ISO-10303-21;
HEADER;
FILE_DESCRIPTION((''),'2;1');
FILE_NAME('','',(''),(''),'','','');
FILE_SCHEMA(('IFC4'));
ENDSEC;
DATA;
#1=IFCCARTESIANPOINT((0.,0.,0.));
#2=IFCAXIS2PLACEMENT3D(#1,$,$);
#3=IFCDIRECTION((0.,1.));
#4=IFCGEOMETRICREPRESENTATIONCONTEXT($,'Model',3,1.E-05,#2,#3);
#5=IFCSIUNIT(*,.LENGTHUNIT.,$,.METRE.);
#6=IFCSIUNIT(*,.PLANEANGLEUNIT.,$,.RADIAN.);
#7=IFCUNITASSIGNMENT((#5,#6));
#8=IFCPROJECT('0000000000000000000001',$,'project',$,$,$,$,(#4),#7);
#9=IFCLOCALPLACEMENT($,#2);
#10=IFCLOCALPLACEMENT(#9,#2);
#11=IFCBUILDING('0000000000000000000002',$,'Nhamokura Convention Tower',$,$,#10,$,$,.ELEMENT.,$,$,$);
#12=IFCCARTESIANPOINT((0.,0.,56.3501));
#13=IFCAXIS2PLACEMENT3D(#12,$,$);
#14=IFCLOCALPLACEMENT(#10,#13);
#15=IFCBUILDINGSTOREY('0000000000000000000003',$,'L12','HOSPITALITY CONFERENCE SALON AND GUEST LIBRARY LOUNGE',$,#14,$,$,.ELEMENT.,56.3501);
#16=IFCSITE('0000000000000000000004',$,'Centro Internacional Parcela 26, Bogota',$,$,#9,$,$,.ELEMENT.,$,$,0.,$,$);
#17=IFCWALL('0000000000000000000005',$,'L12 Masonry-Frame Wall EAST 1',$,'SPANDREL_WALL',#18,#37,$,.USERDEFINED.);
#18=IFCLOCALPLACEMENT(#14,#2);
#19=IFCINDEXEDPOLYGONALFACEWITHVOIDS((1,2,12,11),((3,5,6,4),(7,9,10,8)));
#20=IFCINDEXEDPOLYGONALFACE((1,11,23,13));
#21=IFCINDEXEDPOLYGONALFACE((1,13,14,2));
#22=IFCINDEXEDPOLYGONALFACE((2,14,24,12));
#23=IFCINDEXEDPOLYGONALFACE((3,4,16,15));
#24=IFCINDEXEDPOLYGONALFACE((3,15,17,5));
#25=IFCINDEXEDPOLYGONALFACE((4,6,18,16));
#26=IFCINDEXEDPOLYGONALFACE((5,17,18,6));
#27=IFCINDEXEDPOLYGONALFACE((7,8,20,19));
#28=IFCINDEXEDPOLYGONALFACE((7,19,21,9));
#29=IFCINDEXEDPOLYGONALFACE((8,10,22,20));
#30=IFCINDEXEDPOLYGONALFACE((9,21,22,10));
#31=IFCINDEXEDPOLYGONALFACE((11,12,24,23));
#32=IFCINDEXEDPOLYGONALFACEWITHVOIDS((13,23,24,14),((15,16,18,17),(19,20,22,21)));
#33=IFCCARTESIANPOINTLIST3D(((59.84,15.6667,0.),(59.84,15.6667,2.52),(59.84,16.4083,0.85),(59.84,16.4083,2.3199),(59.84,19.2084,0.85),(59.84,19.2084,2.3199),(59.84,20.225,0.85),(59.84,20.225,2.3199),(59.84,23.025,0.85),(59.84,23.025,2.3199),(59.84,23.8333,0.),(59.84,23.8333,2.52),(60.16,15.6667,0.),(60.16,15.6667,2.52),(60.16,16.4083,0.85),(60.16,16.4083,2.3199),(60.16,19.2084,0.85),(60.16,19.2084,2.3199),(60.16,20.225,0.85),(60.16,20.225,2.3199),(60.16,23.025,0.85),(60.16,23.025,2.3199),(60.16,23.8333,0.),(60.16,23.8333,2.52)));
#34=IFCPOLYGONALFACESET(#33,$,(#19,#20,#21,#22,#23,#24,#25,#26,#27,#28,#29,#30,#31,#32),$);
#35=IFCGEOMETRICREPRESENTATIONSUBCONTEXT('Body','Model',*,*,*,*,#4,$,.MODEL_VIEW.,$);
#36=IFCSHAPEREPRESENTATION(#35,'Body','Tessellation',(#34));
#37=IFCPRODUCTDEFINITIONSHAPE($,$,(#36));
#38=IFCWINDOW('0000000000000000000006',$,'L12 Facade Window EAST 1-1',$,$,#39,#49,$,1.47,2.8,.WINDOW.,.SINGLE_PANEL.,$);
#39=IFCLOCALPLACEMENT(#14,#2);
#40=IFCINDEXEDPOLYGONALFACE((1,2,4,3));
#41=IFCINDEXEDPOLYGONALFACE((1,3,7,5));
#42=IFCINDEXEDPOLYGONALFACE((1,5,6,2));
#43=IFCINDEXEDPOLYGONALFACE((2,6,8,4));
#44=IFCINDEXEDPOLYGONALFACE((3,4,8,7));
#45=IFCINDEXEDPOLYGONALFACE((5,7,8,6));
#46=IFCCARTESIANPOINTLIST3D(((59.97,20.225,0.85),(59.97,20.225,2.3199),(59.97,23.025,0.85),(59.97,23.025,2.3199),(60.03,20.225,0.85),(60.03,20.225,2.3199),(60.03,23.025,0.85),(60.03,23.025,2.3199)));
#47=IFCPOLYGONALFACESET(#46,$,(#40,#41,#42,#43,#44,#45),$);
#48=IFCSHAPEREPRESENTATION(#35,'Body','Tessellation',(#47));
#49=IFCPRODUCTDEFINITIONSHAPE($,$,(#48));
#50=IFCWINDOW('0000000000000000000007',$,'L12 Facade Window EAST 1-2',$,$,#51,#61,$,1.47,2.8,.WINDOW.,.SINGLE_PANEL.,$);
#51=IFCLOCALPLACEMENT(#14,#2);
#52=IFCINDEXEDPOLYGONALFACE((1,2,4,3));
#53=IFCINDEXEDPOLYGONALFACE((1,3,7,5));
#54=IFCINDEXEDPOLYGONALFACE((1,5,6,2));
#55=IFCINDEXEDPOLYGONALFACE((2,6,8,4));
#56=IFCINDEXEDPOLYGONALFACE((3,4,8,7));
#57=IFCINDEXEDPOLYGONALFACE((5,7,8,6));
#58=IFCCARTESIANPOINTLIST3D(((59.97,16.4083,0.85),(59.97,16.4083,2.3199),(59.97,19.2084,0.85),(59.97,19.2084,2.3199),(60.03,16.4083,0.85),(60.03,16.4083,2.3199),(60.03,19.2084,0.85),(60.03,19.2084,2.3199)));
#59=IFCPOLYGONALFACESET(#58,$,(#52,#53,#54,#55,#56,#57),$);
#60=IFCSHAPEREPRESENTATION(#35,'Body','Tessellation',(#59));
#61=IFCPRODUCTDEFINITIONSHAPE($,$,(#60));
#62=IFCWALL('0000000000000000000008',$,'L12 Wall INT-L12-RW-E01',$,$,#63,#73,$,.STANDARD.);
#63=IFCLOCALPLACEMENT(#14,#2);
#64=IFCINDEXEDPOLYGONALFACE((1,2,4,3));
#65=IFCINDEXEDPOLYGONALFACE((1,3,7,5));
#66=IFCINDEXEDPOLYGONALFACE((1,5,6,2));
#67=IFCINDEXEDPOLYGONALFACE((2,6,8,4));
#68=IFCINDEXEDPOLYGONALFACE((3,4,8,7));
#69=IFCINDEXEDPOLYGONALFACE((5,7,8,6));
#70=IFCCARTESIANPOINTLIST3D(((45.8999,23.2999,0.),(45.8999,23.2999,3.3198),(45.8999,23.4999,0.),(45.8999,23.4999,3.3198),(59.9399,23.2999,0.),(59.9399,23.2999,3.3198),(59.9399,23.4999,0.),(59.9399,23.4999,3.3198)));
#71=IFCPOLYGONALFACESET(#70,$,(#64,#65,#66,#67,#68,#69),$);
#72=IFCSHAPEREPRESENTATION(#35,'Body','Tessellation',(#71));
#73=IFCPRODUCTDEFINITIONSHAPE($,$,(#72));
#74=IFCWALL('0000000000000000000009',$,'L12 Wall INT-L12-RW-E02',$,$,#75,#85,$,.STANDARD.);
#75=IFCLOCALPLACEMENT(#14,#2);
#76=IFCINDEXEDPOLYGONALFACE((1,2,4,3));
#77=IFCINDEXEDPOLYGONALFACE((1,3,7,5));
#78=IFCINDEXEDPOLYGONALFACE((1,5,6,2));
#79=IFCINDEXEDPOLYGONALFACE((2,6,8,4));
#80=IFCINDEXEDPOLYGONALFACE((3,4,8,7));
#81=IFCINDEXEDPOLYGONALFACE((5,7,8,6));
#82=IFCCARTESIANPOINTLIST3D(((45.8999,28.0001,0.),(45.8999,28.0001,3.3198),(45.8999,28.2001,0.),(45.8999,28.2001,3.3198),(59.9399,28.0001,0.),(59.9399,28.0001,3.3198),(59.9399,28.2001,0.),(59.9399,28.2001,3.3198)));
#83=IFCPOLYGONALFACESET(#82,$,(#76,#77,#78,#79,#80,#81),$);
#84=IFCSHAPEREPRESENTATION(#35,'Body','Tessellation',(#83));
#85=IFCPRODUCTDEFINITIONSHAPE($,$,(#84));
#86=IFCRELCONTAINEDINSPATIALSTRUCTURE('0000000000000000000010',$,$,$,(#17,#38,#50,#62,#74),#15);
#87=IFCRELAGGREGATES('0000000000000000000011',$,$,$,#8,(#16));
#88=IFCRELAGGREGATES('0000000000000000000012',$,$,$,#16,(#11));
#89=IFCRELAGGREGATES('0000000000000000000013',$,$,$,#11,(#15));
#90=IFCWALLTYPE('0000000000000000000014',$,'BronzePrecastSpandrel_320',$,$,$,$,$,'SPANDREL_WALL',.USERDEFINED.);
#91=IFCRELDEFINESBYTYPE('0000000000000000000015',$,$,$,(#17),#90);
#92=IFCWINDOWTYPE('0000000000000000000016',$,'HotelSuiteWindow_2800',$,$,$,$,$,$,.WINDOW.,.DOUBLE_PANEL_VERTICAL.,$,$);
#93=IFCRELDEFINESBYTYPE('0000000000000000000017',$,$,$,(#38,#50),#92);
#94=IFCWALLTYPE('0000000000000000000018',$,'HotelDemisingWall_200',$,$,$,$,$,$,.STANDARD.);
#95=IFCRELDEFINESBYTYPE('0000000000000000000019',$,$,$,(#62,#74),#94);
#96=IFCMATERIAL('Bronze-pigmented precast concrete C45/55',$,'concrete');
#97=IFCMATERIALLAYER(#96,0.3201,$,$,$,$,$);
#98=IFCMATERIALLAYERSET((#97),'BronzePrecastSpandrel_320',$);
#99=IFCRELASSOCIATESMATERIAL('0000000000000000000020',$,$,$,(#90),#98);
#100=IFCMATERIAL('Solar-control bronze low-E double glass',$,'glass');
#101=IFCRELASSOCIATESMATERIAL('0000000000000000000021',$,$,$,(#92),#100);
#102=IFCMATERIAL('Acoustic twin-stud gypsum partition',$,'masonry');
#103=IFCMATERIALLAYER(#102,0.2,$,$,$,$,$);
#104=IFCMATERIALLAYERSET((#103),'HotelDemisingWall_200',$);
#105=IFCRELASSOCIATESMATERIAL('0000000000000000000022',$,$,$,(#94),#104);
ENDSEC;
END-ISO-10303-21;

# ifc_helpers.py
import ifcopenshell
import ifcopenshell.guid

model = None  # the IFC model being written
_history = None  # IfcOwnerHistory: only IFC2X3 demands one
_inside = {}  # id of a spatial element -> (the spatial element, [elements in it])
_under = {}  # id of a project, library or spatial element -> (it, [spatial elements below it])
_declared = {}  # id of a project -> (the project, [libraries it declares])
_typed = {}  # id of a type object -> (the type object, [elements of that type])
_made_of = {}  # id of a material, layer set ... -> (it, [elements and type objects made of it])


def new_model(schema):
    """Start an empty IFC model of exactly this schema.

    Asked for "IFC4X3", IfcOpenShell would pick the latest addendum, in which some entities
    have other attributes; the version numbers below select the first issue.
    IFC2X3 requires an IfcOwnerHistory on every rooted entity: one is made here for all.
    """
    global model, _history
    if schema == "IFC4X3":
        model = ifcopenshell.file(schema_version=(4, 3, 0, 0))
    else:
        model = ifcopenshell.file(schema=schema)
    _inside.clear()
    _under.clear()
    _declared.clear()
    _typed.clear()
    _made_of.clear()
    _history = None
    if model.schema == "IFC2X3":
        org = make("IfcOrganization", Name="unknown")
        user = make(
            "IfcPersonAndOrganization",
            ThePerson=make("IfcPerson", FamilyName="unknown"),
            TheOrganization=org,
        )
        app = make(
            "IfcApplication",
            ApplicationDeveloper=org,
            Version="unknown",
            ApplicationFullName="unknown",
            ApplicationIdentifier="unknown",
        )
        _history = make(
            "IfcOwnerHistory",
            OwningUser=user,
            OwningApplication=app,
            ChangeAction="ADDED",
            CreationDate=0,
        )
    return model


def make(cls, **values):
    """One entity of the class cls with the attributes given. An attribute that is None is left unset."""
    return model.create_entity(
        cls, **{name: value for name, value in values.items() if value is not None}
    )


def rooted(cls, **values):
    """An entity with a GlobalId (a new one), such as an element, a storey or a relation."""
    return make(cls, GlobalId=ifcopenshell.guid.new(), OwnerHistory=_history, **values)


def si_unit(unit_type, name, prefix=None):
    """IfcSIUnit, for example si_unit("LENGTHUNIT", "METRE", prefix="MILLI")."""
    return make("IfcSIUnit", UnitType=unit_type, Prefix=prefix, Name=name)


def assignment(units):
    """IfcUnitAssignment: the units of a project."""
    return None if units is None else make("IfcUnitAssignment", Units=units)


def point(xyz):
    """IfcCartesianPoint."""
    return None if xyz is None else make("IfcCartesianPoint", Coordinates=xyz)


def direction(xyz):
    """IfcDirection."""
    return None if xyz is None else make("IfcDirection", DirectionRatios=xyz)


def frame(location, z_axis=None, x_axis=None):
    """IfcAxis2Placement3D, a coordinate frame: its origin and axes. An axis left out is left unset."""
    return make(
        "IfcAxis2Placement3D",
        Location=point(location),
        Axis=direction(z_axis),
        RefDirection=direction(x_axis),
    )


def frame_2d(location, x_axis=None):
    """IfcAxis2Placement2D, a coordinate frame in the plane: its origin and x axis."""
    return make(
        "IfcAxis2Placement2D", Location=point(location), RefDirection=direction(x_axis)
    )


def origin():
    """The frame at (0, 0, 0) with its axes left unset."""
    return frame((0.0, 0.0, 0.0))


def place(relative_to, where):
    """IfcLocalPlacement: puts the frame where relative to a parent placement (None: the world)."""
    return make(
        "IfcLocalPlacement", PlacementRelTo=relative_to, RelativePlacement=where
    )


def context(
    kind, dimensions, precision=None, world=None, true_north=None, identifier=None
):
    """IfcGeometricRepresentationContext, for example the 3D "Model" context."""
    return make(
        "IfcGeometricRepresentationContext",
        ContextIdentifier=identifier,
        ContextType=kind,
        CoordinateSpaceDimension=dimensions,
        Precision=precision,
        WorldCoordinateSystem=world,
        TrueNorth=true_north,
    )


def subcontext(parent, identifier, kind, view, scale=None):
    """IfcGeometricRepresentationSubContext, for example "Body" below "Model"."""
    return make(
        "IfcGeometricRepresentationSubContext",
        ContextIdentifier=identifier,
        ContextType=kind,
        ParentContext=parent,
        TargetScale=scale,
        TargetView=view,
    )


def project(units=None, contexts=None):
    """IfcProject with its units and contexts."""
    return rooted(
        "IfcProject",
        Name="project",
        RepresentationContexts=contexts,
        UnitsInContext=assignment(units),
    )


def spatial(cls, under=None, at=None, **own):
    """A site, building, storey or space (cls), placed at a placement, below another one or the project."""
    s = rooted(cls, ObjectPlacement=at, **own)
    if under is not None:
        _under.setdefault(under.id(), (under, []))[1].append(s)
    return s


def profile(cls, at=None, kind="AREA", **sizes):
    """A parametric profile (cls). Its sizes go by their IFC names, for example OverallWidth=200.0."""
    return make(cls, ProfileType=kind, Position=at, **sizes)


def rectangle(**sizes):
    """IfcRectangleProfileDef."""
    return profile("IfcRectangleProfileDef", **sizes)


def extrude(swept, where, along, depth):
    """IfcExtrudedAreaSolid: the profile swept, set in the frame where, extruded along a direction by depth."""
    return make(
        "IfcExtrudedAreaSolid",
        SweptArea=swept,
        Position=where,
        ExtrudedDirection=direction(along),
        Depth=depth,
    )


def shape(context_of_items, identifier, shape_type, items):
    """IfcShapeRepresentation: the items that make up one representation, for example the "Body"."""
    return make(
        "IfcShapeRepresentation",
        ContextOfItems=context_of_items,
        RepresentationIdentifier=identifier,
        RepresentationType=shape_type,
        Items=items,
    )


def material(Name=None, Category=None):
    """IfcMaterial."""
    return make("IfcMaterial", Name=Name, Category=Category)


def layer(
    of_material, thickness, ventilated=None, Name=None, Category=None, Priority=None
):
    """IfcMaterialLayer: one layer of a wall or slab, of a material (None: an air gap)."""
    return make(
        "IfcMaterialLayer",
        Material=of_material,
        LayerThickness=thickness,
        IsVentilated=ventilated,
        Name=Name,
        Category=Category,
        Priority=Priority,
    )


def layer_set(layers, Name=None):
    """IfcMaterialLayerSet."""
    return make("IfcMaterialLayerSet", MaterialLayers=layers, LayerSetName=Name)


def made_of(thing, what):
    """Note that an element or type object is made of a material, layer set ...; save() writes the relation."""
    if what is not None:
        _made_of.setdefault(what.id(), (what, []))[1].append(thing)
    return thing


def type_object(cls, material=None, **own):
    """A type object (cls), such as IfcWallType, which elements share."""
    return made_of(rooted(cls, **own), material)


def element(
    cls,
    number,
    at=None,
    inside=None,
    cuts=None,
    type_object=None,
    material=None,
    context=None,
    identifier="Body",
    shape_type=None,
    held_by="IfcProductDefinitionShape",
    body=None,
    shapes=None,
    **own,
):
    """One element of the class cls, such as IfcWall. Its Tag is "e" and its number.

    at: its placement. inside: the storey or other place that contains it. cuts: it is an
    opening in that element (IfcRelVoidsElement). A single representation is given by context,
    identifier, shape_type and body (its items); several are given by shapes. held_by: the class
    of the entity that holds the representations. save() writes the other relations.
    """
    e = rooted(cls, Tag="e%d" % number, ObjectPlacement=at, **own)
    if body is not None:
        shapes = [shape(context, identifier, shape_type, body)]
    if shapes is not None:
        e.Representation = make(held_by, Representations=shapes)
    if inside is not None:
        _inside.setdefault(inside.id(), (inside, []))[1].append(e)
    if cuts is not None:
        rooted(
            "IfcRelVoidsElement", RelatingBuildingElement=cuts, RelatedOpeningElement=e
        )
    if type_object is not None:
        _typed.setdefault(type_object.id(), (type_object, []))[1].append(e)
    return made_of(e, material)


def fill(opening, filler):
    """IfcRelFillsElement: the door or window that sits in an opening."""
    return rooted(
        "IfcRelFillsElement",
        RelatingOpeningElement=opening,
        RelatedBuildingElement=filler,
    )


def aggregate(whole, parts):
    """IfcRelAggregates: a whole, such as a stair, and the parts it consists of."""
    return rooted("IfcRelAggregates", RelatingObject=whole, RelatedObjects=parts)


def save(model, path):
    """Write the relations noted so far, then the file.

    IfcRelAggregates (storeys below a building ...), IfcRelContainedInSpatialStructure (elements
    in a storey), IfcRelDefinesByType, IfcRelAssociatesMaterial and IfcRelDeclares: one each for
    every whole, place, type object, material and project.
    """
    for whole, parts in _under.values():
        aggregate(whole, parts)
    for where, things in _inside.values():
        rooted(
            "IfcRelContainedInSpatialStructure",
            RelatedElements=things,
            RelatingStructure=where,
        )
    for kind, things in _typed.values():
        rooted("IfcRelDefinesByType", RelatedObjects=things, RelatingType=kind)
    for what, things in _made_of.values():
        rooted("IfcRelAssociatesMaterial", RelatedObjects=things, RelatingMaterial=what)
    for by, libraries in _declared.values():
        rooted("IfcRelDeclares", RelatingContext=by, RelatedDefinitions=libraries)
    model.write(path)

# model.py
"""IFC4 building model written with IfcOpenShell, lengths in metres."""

from ifc_helpers import new_model, si_unit, direction, frame, frame_2d, origin, place, context, subcontext, project, spatial, rectangle, extrude, material, layer, layer_set, type_object, element, fill, save


model = new_model("IFC4")

# Units and contexts
model_context = context("Model", 3, precision=1e-05, world=origin(), true_north=direction((0.0, 1.0)))
body_context = subcontext(model_context, "Body", "Model", "MODEL_VIEW")
ifc_project = project(units=[si_unit("LENGTHUNIT", "METRE"), si_unit("PLANEANGLEUNIT", "RADIAN")], contexts=[model_context])

# Site, building, storey
site_placement = place(None, origin())
site = spatial("IfcSite", under=ifc_project, at=site_placement, Name="Centro Internacional Parcela 26, Bogota", CompositionType="ELEMENT", RefElevation=0.0)
building_placement = place(site_placement, origin())
building = spatial("IfcBuilding", under=site, at=building_placement, Name="Nhamokura Convention Tower", CompositionType="ELEMENT")
storey_placement = place(building_placement, frame((0.0, 0.0, 56.3501)))
storey = spatial("IfcBuildingStorey", under=building, at=storey_placement, Name="L12", Description="HOSPITALITY CONFERENCE SALON AND GUEST LIBRARY LOUNGE", CompositionType="ELEMENT", Elevation=56.3501)

# Shared definitions
ifc_material_1 = material(Name="Bronze-pigmented precast concrete C45/55", Category="concrete")
ifc_layer_1 = layer(ifc_material_1, 0.3201)
ifc_layer_set_1 = layer_set([ifc_layer_1], Name="BronzePrecastSpandrel_320")
wall_type_1 = type_object("IfcWallType", Name="BronzePrecastSpandrel_320", ElementType="SPANDREL_WALL", PredefinedType="USERDEFINED", material=ifc_layer_set_1)

# Wall, openings, windows
wall_1_placement = place(storey_placement, frame((60.0, 23.8333, 0.0), z_axis=(0.0, 0.0, 1.0), x_axis=(0.0, -1.0, 0.0)))
wall_1 = element("IfcWall", 1, at=wall_1_placement, inside=storey, type_object=wall_type_1, Name="L12 Masonry-Frame Wall EAST 1", ObjectType="SPANDREL_WALL", PredefinedType="USERDEFINED", context=body_context, shape_type="SweptSolid", body=[
    extrude(rectangle(XDim=8.1665, YDim=0.3201, at=frame_2d((4.0833, 0.0))), origin(), (0.0, 0.0, 1.0), 2.52),
])
opening_1_placement = place(wall_1_placement, frame((0.8083, 0.0, 0.8501)))
opening_1 = element("IfcOpeningElement", 2, at=opening_1_placement, cuts=wall_1, PredefinedType="OPENING", context=body_context, shape_type="SweptSolid", body=[
    extrude(rectangle(XDim=2.8, YDim=1.47, at=frame_2d((1.3999, 0.7349))), frame((0.0, 0.1699, 0.0), z_axis=(0.0, -1.0, 0.0), x_axis=(1.0, 0.0, 0.0)), (0.0, 0.0, 1.0), 0.3401),
])
opening_2_placement = place(wall_1_placement, frame((4.625, 0.0, 0.8501)))
opening_2 = element("IfcOpeningElement", 3, at=opening_2_placement, cuts=wall_1, PredefinedType="OPENING", context=body_context, shape_type="SweptSolid", body=[
    extrude(rectangle(XDim=2.8, YDim=1.47, at=frame_2d((1.3999, 0.7349))), frame((0.0, 0.1699, 0.0), z_axis=(0.0, -1.0, 0.0), x_axis=(1.0, 0.0, 0.0)), (0.0, 0.0, 1.0), 0.3401),
])
ifc_material_2 = material(Name="Solar-control bronze low-E double glass", Category="glass")
window_type = type_object("IfcWindowType", Name="HotelSuiteWindow_2800", PartitioningType="DOUBLE_PANEL_VERTICAL", PredefinedType="WINDOW", material=ifc_material_2)
window_1_placement = place(opening_1_placement, origin())
window_1 = element("IfcWindow", 4, at=window_1_placement, inside=storey, type_object=window_type, Name="L12 Facade Window EAST 1-1", OverallHeight=1.47, OverallWidth=2.8, PartitioningType="SINGLE_PANEL", PredefinedType="WINDOW", context=body_context, shape_type="SweptSolid", body=[
    extrude(rectangle(XDim=2.8, YDim=1.47, at=frame_2d((1.3999, 0.7349))), frame((0.0, 0.03, 0.0), z_axis=(0.0, -1.0, 0.0), x_axis=(1.0, 0.0, 0.0)), (0.0, 0.0, 1.0), 0.0601),
])
fill(opening_1, window_1)
window_2_placement = place(opening_2_placement, origin())
window_2 = element("IfcWindow", 5, at=window_2_placement, inside=storey, type_object=window_type, Name="L12 Facade Window EAST 1-2", OverallHeight=1.47, OverallWidth=2.8, PartitioningType="SINGLE_PANEL", PredefinedType="WINDOW", context=body_context, shape_type="SweptSolid", body=[
    extrude(rectangle(XDim=2.8, YDim=1.47, at=frame_2d((1.3999, 0.7349))), frame((0.0, 0.03, 0.0), z_axis=(0.0, -1.0, 0.0), x_axis=(1.0, 0.0, 0.0)), (0.0, 0.0, 1.0), 0.0601),
])
fill(opening_2, window_2)

# Walls
ifc_material_3 = material(Name="Acoustic twin-stud gypsum partition", Category="masonry")
ifc_layer_2 = layer(ifc_material_3, 0.2)
ifc_layer_set_2 = layer_set([ifc_layer_2], Name="HotelDemisingWall_200")
wall_type_2 = type_object("IfcWallType", Name="HotelDemisingWall_200", PredefinedType="STANDARD", material=ifc_layer_set_2)
for number, where, z_axis, x_axis, name in (
    (6, (45.8999, 23.3999, 0.0), (0.0, 0.0, 1.0), (1.0, 0.0, 0.0), "L12 Wall INT-L12-RW-E01"),
    (7, (45.8999, 28.1001, 0.0), (0.0, 0.0, 1.0), (1.0, 0.0, 0.0), "L12 Wall INT-L12-RW-E02"),
):
    element("IfcWall", number, at=place(storey_placement, frame(where, z_axis=z_axis, x_axis=x_axis)), inside=storey, type_object=wall_type_2, Name=name, PredefinedType="STANDARD", context=body_context, shape_type="SweptSolid", body=[
        extrude(rectangle(XDim=14.04, YDim=0.2, at=frame_2d((7.02, 0.0))), origin(), (0.0, 0.0, 1.0), 3.3198),
    ])

save(model, "model.ifc")
